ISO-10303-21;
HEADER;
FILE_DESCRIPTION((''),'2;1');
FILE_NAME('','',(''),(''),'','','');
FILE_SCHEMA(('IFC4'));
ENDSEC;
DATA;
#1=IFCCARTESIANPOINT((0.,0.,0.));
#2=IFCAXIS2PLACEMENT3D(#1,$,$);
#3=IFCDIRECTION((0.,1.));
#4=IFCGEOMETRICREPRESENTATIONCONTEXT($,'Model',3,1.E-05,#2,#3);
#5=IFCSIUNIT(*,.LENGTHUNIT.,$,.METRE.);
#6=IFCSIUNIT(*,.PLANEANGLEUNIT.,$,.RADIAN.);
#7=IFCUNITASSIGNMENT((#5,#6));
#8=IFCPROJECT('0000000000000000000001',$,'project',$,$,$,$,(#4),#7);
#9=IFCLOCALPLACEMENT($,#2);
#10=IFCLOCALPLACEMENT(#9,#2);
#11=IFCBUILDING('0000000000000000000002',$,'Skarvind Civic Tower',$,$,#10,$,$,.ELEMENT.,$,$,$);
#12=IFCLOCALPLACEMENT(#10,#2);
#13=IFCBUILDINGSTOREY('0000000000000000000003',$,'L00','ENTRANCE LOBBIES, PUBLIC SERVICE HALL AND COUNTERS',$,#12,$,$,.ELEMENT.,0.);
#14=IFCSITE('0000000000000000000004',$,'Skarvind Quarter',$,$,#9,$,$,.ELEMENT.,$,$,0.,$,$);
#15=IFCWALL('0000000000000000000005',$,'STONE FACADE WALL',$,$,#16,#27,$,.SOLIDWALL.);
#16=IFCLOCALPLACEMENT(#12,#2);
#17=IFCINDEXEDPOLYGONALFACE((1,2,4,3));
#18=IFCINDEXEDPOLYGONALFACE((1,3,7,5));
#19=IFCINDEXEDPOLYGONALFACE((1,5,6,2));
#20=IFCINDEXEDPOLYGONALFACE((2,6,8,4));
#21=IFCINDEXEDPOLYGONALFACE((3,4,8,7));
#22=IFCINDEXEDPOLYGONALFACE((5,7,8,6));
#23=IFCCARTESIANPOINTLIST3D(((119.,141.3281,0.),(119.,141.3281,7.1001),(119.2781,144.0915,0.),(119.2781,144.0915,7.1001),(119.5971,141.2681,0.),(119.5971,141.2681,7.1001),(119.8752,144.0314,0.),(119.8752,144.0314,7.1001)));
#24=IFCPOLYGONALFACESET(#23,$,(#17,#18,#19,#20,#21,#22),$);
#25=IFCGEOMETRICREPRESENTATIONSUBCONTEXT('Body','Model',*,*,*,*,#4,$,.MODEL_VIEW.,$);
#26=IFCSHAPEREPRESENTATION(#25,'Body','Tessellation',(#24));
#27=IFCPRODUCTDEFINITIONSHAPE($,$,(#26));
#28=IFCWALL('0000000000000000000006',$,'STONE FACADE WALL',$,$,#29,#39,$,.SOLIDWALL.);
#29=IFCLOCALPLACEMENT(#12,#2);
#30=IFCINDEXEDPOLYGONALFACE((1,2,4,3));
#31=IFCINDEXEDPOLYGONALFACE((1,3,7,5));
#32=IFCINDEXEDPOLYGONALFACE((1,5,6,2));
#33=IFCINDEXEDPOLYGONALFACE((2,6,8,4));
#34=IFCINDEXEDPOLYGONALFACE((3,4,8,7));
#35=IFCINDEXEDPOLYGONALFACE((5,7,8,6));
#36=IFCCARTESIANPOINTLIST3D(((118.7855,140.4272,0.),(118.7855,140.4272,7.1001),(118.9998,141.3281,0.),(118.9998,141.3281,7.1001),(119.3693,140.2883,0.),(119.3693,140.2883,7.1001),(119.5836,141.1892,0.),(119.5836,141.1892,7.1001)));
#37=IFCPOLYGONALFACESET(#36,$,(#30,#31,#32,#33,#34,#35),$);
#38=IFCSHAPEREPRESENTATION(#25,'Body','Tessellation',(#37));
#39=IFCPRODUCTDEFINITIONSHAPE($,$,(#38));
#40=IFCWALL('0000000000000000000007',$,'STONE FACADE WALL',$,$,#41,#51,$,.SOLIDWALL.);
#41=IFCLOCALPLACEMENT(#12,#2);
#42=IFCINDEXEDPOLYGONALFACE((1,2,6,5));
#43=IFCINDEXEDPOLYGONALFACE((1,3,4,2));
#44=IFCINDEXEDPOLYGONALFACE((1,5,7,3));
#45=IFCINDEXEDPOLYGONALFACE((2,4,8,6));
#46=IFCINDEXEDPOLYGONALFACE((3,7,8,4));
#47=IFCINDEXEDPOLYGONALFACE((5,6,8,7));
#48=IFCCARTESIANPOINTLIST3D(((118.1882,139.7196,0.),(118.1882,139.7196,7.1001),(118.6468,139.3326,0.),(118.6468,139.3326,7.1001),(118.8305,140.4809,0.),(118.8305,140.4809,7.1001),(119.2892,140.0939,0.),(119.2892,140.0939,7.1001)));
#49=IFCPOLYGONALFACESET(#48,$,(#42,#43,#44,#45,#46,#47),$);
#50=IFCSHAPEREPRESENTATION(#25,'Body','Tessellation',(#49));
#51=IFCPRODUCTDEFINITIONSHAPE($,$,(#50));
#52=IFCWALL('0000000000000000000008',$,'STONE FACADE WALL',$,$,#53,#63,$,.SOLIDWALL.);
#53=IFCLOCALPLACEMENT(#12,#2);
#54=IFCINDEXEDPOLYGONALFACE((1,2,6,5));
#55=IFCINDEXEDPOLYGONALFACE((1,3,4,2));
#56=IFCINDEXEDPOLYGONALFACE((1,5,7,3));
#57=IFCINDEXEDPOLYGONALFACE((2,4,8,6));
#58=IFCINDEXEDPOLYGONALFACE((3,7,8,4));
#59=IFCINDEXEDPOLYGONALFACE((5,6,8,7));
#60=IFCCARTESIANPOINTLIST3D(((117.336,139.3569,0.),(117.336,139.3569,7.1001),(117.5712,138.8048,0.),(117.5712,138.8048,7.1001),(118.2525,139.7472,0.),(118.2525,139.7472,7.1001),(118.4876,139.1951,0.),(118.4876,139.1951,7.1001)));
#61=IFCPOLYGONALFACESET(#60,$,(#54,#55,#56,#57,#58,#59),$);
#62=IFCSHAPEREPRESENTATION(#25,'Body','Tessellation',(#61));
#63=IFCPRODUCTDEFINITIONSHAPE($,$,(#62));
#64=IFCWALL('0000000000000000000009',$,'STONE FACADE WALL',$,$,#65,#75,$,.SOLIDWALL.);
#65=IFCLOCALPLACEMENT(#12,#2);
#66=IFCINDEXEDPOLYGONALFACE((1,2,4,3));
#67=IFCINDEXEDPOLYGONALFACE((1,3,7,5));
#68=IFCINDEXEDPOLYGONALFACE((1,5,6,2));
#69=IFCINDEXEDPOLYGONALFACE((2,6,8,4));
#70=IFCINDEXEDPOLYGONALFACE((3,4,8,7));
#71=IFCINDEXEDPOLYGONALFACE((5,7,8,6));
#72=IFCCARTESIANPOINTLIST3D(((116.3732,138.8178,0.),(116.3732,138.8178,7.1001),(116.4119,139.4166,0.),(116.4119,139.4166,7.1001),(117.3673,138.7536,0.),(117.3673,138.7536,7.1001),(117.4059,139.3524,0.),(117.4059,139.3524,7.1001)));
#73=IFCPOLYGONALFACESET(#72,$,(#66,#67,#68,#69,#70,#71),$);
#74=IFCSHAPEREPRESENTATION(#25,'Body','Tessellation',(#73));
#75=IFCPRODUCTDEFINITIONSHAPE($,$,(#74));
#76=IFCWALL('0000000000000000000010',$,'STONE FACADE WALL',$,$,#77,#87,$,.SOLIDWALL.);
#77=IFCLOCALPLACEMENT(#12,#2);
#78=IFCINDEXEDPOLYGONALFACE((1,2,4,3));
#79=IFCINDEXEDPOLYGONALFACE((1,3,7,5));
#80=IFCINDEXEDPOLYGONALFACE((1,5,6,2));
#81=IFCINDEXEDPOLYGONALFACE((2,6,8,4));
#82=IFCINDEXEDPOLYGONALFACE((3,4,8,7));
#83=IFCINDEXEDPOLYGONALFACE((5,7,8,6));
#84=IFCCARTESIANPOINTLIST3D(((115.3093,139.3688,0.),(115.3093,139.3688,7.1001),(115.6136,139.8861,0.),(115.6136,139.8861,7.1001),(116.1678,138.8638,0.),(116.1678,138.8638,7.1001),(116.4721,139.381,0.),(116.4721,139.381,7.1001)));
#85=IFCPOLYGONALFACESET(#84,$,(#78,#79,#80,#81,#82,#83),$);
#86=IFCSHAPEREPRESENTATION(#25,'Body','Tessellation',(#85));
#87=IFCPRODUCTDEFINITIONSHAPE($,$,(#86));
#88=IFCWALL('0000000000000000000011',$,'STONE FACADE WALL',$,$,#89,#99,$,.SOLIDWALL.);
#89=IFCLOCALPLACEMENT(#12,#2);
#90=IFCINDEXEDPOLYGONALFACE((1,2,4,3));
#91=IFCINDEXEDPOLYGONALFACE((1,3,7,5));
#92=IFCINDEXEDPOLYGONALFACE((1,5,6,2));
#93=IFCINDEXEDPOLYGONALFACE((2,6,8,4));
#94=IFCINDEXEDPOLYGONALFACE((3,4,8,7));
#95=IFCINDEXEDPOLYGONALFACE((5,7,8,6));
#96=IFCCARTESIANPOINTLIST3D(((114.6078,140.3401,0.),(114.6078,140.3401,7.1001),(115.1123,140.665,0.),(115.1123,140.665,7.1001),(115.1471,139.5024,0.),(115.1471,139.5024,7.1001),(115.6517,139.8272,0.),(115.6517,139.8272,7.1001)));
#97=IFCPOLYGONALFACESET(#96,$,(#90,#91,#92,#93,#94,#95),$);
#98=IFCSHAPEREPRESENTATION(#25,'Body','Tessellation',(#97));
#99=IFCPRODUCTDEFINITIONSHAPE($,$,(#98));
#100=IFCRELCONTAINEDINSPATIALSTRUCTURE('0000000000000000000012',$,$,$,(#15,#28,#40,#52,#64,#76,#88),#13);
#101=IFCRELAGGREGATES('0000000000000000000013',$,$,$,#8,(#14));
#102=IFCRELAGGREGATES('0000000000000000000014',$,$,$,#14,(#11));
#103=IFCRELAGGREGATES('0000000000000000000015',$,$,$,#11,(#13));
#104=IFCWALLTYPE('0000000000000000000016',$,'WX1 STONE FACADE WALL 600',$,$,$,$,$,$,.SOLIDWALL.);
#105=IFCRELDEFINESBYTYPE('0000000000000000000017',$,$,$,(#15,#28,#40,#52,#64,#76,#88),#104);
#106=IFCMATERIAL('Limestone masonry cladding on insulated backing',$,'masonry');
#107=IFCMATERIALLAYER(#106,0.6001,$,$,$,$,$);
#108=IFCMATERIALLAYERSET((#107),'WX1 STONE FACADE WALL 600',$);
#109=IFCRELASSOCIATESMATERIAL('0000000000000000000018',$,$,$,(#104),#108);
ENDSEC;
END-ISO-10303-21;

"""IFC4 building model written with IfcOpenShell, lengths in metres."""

from ifc_helpers import new_model, si_unit, direction, frame, frame_2d, origin, place, context, subcontext, project, spatial, rectangle, extrude, material, layer, layer_set, type_object, element, save


model = new_model("IFC4")

# Units and contexts
model_context = context("Model", 3, precision=1e-05, world=origin(), true_north=direction((0.0, 1.0)))
body_context = subcontext(model_context, "Body", "Model", "MODEL_VIEW")
ifc_project = project(units=[si_unit("LENGTHUNIT", "METRE"), si_unit("PLANEANGLEUNIT", "RADIAN")], contexts=[model_context])

# Site, building, storey
site_placement = place(None, origin())
site = spatial("IfcSite", under=ifc_project, at=site_placement, Name="Skarvind Quarter", CompositionType="ELEMENT", RefElevation=0.0)
building_placement = place(site_placement, origin())
building = spatial("IfcBuilding", under=site, at=building_placement, Name="Skarvind Civic Tower", CompositionType="ELEMENT")
storey_placement = place(building_placement, origin())
storey = spatial("IfcBuildingStorey", under=building, at=storey_placement, Name="L00", Description="ENTRANCE LOBBIES, PUBLIC SERVICE HALL AND COUNTERS", CompositionType="ELEMENT", Elevation=0.0)

# Walls
ifc_material_1 = material(Name="Limestone masonry cladding on insulated backing", Category="masonry")
ifc_layer_1 = layer(ifc_material_1, 0.6001)
ifc_layer_set_1 = layer_set([ifc_layer_1], Name="WX1 STONE FACADE WALL 600")
wall_type_1 = type_object("IfcWallType", Name="WX1 STONE FACADE WALL 600", PredefinedType="SOLIDWALL", material=ifc_layer_set_1)
wall_1_placement = place(storey_placement, frame((119.2986, 141.2981, 0.0), z_axis=(0.0, 0.0, 1.0), x_axis=(0.100122, 0.994975, 0.0)))
element("IfcWall", 1, at=wall_1_placement, inside=storey, type_object=wall_type_1, Name="STONE FACADE WALL", PredefinedType="SOLIDWALL", context=body_context, shape_type="SweptSolid", body=[
    extrude(rectangle(XDim=2.7773, YDim=0.6001, at=frame_2d((1.3887, 0.0))), origin(), (0.0, 0.0, 1.0), 7.1001),
])
wall_2_placement = place(storey_placement, frame((119.0774, 140.3579, 0.0), z_axis=(0.0, 0.0, 1.0), x_axis=(0.231478, 0.97284, 0.0)))
element("IfcWall", 2, at=wall_2_placement, inside=storey, type_object=wall_type_1, Name="STONE FACADE WALL", PredefinedType="SOLIDWALL", context=body_context, shape_type="SweptSolid", body=[
    extrude(rectangle(XDim=0.926, YDim=0.6001, at=frame_2d((0.4629, 0.0))), origin(), (0.0, 0.0, 1.0), 7.1001),
])
for number, where, z_axis, x_axis, name in (
    (3, (118.4175, 139.5261, 0.0), (0.0, 0.0, 1.0), (0.644898, 0.764269, 0.0), "STONE FACADE WALL"),
    (4, (117.4536, 139.0808, 0.0), (0.0, 0.0, 1.0), (0.920017, 0.391877, 0.0), "STONE FACADE WALL"),
    (5, (116.3926, 139.1172, 0.0), (0.0, 0.0, 1.0), (0.997921, -0.064453, 0.0), "STONE FACADE WALL"),
    (6, (115.4614, 139.6274, 0.0), (0.0, 0.0, 1.0), (0.861915, -0.507052, 0.0), "STONE FACADE WALL"),
):
    element("IfcWall", number, at=place(storey_placement, frame(where, z_axis=z_axis, x_axis=x_axis)), inside=storey, type_object=wall_type_1, Name=name, PredefinedType="SOLIDWALL", context=body_context, shape_type="SweptSolid", body=[
        extrude(rectangle(XDim=0.9961, YDim=0.6001, at=frame_2d((0.498, 0.0))), origin(), (0.0, 0.0, 1.0), 7.1001),
    ])
wall_3_placement = place(storey_placement, frame((114.8601, 140.5024, 0.0), z_axis=(0.0, 0.0, 1.0), x_axis=(0.54134, -0.840804, 0.0)))
element("IfcWall", 7, at=wall_3_placement, inside=storey, type_object=wall_type_1, Name="STONE FACADE WALL", PredefinedType="SOLIDWALL", context=body_context, shape_type="SweptSolid", body=[
    extrude(rectangle(XDim=0.9963, YDim=0.6001, at=frame_2d((0.498, 0.0))), origin(), (0.0, 0.0, 1.0), 7.1001),
])

save(model, "model.ifc")
